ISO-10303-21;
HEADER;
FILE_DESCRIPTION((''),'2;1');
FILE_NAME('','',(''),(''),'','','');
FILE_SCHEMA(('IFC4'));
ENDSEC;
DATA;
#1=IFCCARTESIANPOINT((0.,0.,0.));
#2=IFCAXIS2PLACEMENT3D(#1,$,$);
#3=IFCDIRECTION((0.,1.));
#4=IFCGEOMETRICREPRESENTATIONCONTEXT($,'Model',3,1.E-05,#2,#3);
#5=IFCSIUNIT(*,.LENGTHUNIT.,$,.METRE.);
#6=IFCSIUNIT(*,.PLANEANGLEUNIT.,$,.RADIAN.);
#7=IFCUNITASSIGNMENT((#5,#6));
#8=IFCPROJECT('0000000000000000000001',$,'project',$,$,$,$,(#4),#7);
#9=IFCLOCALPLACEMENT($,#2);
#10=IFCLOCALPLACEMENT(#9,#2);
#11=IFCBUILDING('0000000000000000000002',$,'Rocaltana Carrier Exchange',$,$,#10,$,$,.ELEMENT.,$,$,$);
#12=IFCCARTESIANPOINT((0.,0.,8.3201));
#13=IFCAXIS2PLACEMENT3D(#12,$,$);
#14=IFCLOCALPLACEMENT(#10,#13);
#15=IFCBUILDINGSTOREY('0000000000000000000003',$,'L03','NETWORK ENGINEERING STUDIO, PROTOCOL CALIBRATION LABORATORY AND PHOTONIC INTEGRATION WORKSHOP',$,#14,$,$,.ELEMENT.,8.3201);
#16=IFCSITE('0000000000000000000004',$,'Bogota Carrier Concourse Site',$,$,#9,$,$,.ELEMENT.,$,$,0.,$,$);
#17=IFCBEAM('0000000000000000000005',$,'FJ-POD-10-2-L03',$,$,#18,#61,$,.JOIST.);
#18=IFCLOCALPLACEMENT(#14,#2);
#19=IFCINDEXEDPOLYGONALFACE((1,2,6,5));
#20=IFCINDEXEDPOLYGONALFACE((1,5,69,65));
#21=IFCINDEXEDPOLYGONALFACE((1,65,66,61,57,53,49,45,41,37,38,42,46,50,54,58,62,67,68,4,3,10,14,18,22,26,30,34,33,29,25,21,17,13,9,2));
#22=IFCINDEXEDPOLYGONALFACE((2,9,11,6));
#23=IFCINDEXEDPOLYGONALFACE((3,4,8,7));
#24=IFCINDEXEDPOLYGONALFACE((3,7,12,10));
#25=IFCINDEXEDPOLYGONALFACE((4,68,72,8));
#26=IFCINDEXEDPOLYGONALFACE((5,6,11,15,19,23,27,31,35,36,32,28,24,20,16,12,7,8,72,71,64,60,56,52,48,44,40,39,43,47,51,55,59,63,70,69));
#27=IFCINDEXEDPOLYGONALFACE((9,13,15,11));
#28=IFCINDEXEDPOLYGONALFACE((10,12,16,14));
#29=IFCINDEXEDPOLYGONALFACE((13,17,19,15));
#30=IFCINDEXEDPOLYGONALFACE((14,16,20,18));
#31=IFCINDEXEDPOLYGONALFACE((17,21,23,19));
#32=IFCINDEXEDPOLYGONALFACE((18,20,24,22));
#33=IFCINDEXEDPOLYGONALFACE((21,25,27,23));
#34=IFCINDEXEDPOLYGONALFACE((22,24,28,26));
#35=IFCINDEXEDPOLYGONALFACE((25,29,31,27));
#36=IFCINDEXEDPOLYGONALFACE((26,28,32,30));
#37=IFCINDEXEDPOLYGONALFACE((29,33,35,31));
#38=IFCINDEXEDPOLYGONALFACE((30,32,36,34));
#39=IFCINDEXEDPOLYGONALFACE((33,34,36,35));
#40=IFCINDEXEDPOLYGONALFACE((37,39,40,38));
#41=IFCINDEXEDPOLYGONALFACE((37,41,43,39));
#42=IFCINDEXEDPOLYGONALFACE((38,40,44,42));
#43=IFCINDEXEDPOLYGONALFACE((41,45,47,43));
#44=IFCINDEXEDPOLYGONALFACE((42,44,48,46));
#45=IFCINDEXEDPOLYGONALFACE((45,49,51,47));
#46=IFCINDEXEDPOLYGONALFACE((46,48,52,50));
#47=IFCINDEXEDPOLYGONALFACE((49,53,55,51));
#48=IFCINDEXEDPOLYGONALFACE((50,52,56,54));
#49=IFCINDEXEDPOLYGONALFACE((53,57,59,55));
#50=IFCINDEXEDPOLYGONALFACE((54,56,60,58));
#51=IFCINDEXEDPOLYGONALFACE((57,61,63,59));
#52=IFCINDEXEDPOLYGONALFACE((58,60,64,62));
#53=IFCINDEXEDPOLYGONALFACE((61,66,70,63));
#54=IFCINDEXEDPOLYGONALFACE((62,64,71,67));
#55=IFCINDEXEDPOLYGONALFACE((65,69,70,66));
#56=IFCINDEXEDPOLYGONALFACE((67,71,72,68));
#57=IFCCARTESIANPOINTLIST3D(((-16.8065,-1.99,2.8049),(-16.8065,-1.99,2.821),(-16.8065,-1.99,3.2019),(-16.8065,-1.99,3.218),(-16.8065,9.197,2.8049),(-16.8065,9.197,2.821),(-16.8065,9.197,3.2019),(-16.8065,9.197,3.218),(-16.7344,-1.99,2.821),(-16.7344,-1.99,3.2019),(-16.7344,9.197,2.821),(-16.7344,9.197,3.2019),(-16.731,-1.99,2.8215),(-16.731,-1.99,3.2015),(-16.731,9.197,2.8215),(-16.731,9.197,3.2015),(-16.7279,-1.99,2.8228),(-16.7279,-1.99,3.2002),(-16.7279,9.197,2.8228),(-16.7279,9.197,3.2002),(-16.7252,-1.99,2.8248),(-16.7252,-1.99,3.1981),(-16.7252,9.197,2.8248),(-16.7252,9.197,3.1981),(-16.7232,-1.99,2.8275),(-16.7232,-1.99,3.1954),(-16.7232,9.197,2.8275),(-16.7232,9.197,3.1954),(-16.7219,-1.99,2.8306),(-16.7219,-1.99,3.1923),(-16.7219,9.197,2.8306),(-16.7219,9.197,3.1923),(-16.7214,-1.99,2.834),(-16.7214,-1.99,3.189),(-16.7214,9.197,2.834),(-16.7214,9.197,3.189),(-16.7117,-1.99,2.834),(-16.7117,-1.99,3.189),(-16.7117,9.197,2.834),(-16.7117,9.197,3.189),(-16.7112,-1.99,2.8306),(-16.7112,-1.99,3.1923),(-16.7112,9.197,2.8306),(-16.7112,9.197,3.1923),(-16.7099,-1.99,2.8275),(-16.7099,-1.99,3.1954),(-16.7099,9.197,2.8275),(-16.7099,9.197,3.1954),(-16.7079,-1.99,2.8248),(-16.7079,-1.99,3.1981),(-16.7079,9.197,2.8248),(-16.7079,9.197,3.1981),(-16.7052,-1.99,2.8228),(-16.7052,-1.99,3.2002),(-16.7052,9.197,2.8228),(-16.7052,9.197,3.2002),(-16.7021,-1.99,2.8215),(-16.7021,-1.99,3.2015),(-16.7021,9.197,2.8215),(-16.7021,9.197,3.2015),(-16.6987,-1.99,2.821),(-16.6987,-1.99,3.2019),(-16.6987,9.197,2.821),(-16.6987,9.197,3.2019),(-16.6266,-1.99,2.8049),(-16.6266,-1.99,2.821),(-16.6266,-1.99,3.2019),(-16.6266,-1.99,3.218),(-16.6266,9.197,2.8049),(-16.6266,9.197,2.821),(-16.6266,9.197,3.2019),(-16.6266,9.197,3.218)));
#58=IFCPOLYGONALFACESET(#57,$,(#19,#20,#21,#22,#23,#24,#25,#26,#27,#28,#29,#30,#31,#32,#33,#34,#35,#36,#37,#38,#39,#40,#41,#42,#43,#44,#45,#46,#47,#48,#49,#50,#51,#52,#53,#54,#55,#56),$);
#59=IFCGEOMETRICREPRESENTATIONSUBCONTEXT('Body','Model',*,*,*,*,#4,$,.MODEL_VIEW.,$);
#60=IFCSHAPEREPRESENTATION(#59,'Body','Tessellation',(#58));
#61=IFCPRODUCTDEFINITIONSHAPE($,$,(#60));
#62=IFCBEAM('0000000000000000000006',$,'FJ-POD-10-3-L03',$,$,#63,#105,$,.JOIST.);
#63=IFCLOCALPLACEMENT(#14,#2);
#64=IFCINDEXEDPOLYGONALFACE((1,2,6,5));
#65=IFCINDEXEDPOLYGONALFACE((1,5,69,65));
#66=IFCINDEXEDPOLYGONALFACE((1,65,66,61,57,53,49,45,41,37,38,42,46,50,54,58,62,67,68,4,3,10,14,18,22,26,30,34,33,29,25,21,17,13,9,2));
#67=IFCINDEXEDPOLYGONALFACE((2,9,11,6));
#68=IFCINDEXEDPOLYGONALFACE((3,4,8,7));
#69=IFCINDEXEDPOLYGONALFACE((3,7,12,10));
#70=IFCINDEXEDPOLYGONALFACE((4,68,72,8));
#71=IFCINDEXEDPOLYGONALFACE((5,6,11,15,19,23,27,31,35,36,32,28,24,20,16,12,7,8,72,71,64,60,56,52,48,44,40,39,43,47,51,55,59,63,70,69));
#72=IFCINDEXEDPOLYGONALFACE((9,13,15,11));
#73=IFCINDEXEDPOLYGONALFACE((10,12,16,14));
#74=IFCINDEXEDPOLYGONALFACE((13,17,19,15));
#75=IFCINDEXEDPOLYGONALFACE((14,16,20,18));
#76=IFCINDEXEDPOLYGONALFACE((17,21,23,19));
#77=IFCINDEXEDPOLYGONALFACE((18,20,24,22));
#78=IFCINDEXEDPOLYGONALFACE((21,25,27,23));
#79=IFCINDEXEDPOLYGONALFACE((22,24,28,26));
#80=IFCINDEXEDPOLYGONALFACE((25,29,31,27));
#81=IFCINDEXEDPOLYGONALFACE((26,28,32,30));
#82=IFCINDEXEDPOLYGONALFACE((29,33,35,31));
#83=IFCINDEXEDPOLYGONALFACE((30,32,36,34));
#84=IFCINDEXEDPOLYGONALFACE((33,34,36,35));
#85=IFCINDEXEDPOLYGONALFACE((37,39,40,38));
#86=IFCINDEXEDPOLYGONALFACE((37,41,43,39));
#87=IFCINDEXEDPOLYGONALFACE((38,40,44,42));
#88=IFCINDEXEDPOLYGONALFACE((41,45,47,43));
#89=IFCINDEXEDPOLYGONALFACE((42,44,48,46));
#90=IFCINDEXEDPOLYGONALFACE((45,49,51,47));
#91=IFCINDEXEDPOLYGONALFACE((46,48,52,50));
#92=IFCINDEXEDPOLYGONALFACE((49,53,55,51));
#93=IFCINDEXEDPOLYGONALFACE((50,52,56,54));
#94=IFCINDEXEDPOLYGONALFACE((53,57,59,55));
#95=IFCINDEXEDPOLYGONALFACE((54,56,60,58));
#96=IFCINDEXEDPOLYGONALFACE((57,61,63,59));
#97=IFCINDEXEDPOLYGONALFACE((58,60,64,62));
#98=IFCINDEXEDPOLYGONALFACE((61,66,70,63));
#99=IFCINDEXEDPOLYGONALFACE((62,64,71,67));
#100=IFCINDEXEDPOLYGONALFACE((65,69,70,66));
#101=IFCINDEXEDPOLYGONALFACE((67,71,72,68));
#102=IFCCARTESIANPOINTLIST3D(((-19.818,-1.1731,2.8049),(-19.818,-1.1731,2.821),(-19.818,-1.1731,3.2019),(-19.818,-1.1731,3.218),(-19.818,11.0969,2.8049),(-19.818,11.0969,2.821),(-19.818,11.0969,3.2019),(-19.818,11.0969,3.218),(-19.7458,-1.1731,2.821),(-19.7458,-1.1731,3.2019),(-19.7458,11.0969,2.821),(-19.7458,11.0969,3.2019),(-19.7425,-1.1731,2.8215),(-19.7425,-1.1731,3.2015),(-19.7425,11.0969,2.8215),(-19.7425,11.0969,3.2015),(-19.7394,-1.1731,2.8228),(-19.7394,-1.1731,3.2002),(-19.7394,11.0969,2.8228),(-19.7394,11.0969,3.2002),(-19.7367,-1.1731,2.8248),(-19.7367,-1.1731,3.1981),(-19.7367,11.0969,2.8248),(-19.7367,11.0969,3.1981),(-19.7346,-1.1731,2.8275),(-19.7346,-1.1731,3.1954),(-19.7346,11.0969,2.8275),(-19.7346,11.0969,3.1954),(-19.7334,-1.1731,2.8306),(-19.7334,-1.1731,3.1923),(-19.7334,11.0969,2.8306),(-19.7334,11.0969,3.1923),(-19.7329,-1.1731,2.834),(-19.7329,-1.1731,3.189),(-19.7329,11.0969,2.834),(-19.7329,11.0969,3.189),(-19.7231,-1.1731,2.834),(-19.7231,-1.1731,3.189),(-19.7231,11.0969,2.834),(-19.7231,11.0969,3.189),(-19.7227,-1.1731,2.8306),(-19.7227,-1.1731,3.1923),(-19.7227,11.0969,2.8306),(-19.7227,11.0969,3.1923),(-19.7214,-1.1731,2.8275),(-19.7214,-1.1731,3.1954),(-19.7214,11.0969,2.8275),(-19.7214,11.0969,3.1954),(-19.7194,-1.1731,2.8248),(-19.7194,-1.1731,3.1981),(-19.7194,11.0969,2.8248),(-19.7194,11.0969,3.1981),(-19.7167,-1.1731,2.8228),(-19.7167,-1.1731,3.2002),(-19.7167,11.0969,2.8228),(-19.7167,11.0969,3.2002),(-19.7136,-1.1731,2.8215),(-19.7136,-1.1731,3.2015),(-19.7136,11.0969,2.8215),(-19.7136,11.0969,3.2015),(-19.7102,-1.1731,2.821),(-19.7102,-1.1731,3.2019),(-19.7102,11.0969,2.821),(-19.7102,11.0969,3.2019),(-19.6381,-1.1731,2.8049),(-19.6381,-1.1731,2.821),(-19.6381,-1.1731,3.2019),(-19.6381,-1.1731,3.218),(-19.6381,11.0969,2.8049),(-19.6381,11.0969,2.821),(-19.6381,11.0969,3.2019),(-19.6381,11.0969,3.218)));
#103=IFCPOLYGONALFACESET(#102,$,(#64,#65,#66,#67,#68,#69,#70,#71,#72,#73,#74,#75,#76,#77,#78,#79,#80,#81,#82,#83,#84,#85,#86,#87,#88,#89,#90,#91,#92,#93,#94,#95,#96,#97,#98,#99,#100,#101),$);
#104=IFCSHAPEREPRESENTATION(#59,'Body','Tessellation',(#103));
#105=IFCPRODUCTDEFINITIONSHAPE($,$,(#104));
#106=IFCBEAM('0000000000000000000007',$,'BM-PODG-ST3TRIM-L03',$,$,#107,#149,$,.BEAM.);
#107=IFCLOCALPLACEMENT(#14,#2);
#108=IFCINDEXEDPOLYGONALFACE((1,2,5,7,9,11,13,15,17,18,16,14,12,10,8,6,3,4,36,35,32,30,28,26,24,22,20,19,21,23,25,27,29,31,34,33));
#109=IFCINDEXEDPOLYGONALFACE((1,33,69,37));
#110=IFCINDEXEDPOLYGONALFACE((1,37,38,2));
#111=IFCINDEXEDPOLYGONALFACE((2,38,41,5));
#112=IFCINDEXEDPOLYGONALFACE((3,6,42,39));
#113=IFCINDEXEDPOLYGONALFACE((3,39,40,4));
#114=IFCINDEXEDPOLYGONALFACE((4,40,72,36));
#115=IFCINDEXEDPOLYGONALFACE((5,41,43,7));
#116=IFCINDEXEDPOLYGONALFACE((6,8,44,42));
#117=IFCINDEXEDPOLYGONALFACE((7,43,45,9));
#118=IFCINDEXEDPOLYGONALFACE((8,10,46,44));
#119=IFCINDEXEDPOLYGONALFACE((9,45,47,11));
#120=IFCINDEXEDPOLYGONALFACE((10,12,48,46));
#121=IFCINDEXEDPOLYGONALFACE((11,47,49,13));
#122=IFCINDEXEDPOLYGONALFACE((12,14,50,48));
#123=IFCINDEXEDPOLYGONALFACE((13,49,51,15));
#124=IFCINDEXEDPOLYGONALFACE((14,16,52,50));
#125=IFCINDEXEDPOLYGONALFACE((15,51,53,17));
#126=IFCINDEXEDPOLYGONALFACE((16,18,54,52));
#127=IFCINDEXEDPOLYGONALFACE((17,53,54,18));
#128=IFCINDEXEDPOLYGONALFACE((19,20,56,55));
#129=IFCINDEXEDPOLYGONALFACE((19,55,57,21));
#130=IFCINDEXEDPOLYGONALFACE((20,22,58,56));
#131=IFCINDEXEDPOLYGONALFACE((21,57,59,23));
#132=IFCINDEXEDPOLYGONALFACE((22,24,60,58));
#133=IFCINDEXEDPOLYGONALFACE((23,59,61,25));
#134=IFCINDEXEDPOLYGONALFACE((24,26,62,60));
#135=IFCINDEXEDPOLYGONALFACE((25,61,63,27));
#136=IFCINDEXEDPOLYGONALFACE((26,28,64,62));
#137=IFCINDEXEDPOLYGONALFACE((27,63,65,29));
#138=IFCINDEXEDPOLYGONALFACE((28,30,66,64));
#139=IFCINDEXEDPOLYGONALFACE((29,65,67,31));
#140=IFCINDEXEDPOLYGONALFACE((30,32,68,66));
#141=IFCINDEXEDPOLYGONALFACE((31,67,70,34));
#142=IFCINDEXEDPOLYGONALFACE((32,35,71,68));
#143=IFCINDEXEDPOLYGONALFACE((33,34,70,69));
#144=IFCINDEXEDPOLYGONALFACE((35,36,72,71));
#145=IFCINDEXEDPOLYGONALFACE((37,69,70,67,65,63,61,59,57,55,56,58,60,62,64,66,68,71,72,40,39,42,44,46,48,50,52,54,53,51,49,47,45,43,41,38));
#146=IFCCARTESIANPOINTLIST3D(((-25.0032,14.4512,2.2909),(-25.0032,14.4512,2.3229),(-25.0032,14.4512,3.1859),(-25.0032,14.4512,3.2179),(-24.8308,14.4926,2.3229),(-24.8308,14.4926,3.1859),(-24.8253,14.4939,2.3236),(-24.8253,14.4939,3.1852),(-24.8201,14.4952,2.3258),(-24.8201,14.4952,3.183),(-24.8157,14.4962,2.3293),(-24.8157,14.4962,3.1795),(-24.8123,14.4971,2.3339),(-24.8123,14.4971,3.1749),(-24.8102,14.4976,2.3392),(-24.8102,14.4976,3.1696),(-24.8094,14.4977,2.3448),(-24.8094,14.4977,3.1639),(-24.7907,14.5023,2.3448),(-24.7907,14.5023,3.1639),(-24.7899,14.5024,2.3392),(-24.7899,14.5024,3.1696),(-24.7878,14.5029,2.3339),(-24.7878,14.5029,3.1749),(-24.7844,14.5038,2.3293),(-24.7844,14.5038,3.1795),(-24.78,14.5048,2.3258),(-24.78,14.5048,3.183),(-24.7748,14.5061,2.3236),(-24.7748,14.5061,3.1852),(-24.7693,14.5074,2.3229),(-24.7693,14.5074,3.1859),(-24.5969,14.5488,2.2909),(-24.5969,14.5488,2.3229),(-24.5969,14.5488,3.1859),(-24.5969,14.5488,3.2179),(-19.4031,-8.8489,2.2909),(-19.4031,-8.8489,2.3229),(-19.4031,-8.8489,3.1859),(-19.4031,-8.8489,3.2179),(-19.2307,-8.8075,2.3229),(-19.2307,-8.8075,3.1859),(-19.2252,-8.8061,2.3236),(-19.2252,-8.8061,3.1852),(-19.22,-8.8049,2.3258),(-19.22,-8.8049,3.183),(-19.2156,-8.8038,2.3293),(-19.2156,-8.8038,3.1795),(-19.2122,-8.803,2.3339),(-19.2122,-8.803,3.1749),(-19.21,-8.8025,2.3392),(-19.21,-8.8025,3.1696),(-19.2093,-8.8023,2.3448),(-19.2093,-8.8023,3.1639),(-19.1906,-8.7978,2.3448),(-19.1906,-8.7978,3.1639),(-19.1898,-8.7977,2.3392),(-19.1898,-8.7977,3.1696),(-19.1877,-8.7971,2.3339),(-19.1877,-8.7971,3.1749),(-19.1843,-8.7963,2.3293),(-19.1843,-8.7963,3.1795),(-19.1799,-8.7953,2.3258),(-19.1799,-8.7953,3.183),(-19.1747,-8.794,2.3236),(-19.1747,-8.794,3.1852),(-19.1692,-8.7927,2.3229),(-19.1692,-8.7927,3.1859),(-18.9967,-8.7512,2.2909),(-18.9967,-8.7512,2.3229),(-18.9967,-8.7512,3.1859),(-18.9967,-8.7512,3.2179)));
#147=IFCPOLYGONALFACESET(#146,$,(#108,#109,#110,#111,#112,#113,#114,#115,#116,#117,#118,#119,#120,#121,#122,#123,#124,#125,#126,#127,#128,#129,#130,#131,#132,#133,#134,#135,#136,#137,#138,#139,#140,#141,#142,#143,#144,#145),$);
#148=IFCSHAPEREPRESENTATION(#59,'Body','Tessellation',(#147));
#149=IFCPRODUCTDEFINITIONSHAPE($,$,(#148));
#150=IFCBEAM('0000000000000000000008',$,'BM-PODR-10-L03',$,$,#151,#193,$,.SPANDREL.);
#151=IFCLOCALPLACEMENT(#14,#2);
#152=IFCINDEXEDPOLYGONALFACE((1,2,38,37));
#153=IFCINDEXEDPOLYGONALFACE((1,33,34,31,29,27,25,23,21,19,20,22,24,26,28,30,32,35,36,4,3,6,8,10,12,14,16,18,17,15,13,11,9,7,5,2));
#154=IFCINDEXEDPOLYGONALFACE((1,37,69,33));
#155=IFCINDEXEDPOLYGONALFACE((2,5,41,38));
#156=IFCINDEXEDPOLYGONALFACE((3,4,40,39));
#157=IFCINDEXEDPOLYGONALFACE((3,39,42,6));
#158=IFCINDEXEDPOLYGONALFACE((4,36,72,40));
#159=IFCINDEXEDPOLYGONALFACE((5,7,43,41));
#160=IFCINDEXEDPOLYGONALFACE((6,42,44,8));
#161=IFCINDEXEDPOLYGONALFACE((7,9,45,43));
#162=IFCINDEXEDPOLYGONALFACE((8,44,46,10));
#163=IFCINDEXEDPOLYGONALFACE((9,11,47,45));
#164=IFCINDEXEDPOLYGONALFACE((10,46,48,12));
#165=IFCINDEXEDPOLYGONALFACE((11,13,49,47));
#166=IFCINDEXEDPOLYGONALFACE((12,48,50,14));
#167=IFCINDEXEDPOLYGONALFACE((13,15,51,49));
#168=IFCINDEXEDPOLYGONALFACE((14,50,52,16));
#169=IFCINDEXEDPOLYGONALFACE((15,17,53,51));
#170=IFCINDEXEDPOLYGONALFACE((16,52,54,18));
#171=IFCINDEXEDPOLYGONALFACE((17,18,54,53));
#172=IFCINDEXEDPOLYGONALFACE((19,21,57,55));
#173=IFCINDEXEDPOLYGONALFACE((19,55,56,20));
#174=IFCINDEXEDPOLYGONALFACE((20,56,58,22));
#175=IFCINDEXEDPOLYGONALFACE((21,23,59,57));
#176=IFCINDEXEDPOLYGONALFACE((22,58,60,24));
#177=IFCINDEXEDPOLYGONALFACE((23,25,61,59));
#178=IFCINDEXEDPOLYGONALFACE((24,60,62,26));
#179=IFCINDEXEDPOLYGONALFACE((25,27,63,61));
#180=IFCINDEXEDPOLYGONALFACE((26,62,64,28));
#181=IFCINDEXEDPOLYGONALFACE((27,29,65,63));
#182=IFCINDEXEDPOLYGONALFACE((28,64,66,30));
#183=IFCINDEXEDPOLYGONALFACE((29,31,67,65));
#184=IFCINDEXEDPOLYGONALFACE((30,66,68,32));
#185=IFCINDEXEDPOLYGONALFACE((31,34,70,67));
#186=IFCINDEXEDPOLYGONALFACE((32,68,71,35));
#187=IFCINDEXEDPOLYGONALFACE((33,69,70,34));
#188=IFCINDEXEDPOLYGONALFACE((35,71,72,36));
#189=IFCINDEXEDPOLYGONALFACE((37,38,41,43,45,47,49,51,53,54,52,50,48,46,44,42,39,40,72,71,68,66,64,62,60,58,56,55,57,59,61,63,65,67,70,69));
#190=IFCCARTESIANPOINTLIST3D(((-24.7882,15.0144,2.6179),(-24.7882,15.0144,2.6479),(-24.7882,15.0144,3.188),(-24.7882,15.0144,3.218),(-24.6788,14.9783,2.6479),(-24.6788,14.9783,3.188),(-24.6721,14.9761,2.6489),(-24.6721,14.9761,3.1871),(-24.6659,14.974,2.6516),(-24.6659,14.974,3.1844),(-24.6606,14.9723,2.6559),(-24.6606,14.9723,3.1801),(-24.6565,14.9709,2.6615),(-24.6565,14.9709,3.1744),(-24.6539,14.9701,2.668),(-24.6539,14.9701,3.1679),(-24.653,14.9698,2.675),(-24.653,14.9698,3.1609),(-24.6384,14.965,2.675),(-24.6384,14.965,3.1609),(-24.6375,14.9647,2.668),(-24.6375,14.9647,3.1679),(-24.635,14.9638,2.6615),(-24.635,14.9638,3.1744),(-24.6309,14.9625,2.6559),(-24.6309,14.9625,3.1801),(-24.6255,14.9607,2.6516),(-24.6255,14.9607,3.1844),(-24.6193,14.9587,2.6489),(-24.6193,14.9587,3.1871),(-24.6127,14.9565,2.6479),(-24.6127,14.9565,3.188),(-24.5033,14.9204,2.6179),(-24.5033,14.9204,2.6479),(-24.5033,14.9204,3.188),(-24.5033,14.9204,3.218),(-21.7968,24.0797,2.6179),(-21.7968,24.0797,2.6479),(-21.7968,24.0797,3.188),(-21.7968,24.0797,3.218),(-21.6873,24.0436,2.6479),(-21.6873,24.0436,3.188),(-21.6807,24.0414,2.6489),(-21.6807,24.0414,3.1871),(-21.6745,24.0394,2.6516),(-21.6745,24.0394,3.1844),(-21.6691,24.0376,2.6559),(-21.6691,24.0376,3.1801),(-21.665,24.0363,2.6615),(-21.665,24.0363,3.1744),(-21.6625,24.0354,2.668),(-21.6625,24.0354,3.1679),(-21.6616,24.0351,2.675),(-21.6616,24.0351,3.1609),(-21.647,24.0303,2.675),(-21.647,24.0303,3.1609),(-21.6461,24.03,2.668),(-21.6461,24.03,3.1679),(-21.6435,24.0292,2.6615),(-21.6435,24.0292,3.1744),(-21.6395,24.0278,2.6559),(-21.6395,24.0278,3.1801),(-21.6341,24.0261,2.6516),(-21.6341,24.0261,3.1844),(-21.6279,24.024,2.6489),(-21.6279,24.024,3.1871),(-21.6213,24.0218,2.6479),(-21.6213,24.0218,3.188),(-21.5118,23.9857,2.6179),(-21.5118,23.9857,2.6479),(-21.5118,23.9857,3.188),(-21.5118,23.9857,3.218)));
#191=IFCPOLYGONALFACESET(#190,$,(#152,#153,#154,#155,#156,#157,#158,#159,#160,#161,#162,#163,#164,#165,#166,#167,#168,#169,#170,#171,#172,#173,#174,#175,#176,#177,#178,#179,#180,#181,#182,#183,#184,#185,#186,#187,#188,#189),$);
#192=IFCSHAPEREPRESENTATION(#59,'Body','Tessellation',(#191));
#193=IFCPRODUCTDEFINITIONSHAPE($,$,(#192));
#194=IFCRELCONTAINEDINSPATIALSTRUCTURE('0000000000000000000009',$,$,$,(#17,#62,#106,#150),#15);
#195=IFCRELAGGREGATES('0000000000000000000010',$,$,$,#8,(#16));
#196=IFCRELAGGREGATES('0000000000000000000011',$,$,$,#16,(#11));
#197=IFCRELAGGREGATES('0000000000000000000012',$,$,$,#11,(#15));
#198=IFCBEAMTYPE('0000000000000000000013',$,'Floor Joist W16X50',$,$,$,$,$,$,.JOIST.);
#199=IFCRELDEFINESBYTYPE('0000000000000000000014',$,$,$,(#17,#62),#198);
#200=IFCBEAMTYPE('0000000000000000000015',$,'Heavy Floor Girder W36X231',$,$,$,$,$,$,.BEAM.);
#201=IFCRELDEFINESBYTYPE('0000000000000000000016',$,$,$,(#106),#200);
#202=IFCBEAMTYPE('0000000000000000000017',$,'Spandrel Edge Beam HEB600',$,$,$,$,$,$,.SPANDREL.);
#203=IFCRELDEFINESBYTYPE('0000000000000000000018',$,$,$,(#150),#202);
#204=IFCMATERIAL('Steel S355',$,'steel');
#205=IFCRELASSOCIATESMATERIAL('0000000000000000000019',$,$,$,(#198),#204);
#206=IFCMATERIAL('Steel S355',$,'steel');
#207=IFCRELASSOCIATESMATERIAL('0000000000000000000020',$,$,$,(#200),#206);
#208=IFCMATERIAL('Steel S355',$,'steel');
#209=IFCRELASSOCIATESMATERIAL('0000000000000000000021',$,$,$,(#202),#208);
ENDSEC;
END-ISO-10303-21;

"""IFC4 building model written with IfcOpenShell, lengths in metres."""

from ifc_helpers import new_model, si_unit, direction, frame, origin, origin_2d, place, context, subcontext, project, spatial, i_section, extrude, material, material_profile, profile_set, type_object, element, save


model = new_model("IFC4")

# Units and contexts
model_context = context("Model", 3, precision=1e-05, world=origin(), true_north=direction((0.0, 1.0)))
body_context = subcontext(model_context, "Body", "Model", "MODEL_VIEW")
ifc_project = project(units=[si_unit("LENGTHUNIT", "METRE"), si_unit("PLANEANGLEUNIT", "RADIAN")], contexts=[model_context])

# Site, building, storey
site_placement = place(None, origin())
site = spatial("IfcSite", under=ifc_project, at=site_placement, Name="Bogota Carrier Concourse Site", CompositionType="ELEMENT", RefElevation=0.0)
building_placement = place(site_placement, origin())
building = spatial("IfcBuilding", under=site, at=building_placement, Name="Rocaltana Carrier Exchange", CompositionType="ELEMENT")
storey_placement = place(building_placement, frame((0.0, 0.0, 8.3201)))
storey = spatial("IfcBuildingStorey", under=building, at=storey_placement, Name="L03", Description="NETWORK ENGINEERING STUDIO, PROTOCOL CALIBRATION LABORATORY AND PHOTONIC INTEGRATION WORKSHOP", CompositionType="ELEMENT", Elevation=8.3201)

# Beams
ifc_material_1 = material(Name="Steel S355", Category="steel")
ifc_material_profile_1 = material_profile(ifc_material_1, i_section(OverallWidth=0.1799, OverallDepth=0.4131, WebThickness=0.0098, FlangeThickness=0.0161, FilletRadius=0.0129, at=origin_2d()), Name="W16X50")
ifc_profile_set_1 = profile_set([ifc_material_profile_1], Name="Steel S355")
beam_type_1 = type_object("IfcBeamType", Name="Floor Joist W16X50", PredefinedType="JOIST", material=ifc_profile_set_1)
beam_1_placement = place(storey_placement, frame((-16.7166, 9.197, 3.0115), z_axis=(0.0, -1.0, 0.0), x_axis=(1.0, 0.0, 0.0)))
element("IfcBeam", 1, at=beam_1_placement, inside=storey, type_object=beam_type_1, Name="FJ-POD-10-2-L03", PredefinedType="JOIST", context=body_context, shape_type="SweptSolid", body=[
    extrude(i_section(OverallWidth=0.1799, OverallDepth=0.4131, WebThickness=0.0098, FlangeThickness=0.0161, FilletRadius=0.0129, at=origin_2d()), origin(), (0.0, 0.0, 1.0), 11.187),
])
beam_2_placement = place(storey_placement, frame((-19.728, 11.0969, 3.0115), z_axis=(0.0, -1.0, 0.0), x_axis=(1.0, 0.0, 0.0)))
element("IfcBeam", 2, at=beam_2_placement, inside=storey, type_object=beam_type_1, Name="FJ-POD-10-3-L03", PredefinedType="JOIST", context=body_context, shape_type="SweptSolid", body=[
    extrude(i_section(OverallWidth=0.1799, OverallDepth=0.4131, WebThickness=0.0098, FlangeThickness=0.0161, FilletRadius=0.0129, at=origin_2d()), origin(), (0.0, 0.0, 1.0), 12.27),
])
ifc_material_2 = material(Name="Steel S355", Category="steel")
ifc_material_profile_2 = material_profile(ifc_material_2, i_section(OverallWidth=0.418, OverallDepth=0.927, WebThickness=0.0193, FlangeThickness=0.032, FilletRadius=0.022, at=origin_2d()), Name="W36X231")
ifc_profile_set_2 = profile_set([ifc_material_profile_2], Name="Steel S355")
beam_type_2 = type_object("IfcBeamType", Name="Heavy Floor Girder W36X231", PredefinedType="BEAM", material=ifc_profile_set_2)
beam_3_placement = place(storey_placement, frame((-24.8, 14.5, 2.7544), z_axis=(0.233692, -0.972311, 0.0), x_axis=(0.972311, 0.233692, 0.0)))
element("IfcBeam", 3, at=beam_3_placement, inside=storey, type_object=beam_type_2, Name="BM-PODG-ST3TRIM-L03", PredefinedType="BEAM", context=body_context, shape_type="SweptSolid", body=[
    extrude(i_section(OverallWidth=0.418, OverallDepth=0.927, WebThickness=0.0193, FlangeThickness=0.032, FilletRadius=0.022, at=origin_2d()), origin(), (0.0, 0.0, 1.0), 23.9636),
])
ifc_material_3 = material(Name="Steel S355", Category="steel")
ifc_material_profile_3 = material_profile(ifc_material_3, i_section(OverallWidth=0.3, OverallDepth=0.6001, WebThickness=0.0154, FlangeThickness=0.03, FilletRadius=0.0271, at=origin_2d()), Name="HEB600")
ifc_profile_set_3 = profile_set([ifc_material_profile_3], Name="Steel S355")
beam_type_3 = type_object("IfcBeamType", Name="Spandrel Edge Beam HEB600", PredefinedType="SPANDREL", material=ifc_profile_set_3)
beam_4_placement = place(storey_placement, frame((-21.6543, 24.0327, 2.918), z_axis=(-0.313365, -0.949633, 0.0), x_axis=(0.949633, -0.313365, 0.0)))
element("IfcBeam", 4, at=beam_4_placement, inside=storey, type_object=beam_type_3, Name="BM-PODR-10-L03", PredefinedType="SPANDREL", context=body_context, shape_type="SweptSolid", body=[
    extrude(i_section(OverallWidth=0.3, OverallDepth=0.6001, WebThickness=0.0154, FlangeThickness=0.03, FilletRadius=0.0271, at=origin_2d()), origin(), (0.0, 0.0, 1.0), 9.5461),
])

save(model, "model.ifc")
